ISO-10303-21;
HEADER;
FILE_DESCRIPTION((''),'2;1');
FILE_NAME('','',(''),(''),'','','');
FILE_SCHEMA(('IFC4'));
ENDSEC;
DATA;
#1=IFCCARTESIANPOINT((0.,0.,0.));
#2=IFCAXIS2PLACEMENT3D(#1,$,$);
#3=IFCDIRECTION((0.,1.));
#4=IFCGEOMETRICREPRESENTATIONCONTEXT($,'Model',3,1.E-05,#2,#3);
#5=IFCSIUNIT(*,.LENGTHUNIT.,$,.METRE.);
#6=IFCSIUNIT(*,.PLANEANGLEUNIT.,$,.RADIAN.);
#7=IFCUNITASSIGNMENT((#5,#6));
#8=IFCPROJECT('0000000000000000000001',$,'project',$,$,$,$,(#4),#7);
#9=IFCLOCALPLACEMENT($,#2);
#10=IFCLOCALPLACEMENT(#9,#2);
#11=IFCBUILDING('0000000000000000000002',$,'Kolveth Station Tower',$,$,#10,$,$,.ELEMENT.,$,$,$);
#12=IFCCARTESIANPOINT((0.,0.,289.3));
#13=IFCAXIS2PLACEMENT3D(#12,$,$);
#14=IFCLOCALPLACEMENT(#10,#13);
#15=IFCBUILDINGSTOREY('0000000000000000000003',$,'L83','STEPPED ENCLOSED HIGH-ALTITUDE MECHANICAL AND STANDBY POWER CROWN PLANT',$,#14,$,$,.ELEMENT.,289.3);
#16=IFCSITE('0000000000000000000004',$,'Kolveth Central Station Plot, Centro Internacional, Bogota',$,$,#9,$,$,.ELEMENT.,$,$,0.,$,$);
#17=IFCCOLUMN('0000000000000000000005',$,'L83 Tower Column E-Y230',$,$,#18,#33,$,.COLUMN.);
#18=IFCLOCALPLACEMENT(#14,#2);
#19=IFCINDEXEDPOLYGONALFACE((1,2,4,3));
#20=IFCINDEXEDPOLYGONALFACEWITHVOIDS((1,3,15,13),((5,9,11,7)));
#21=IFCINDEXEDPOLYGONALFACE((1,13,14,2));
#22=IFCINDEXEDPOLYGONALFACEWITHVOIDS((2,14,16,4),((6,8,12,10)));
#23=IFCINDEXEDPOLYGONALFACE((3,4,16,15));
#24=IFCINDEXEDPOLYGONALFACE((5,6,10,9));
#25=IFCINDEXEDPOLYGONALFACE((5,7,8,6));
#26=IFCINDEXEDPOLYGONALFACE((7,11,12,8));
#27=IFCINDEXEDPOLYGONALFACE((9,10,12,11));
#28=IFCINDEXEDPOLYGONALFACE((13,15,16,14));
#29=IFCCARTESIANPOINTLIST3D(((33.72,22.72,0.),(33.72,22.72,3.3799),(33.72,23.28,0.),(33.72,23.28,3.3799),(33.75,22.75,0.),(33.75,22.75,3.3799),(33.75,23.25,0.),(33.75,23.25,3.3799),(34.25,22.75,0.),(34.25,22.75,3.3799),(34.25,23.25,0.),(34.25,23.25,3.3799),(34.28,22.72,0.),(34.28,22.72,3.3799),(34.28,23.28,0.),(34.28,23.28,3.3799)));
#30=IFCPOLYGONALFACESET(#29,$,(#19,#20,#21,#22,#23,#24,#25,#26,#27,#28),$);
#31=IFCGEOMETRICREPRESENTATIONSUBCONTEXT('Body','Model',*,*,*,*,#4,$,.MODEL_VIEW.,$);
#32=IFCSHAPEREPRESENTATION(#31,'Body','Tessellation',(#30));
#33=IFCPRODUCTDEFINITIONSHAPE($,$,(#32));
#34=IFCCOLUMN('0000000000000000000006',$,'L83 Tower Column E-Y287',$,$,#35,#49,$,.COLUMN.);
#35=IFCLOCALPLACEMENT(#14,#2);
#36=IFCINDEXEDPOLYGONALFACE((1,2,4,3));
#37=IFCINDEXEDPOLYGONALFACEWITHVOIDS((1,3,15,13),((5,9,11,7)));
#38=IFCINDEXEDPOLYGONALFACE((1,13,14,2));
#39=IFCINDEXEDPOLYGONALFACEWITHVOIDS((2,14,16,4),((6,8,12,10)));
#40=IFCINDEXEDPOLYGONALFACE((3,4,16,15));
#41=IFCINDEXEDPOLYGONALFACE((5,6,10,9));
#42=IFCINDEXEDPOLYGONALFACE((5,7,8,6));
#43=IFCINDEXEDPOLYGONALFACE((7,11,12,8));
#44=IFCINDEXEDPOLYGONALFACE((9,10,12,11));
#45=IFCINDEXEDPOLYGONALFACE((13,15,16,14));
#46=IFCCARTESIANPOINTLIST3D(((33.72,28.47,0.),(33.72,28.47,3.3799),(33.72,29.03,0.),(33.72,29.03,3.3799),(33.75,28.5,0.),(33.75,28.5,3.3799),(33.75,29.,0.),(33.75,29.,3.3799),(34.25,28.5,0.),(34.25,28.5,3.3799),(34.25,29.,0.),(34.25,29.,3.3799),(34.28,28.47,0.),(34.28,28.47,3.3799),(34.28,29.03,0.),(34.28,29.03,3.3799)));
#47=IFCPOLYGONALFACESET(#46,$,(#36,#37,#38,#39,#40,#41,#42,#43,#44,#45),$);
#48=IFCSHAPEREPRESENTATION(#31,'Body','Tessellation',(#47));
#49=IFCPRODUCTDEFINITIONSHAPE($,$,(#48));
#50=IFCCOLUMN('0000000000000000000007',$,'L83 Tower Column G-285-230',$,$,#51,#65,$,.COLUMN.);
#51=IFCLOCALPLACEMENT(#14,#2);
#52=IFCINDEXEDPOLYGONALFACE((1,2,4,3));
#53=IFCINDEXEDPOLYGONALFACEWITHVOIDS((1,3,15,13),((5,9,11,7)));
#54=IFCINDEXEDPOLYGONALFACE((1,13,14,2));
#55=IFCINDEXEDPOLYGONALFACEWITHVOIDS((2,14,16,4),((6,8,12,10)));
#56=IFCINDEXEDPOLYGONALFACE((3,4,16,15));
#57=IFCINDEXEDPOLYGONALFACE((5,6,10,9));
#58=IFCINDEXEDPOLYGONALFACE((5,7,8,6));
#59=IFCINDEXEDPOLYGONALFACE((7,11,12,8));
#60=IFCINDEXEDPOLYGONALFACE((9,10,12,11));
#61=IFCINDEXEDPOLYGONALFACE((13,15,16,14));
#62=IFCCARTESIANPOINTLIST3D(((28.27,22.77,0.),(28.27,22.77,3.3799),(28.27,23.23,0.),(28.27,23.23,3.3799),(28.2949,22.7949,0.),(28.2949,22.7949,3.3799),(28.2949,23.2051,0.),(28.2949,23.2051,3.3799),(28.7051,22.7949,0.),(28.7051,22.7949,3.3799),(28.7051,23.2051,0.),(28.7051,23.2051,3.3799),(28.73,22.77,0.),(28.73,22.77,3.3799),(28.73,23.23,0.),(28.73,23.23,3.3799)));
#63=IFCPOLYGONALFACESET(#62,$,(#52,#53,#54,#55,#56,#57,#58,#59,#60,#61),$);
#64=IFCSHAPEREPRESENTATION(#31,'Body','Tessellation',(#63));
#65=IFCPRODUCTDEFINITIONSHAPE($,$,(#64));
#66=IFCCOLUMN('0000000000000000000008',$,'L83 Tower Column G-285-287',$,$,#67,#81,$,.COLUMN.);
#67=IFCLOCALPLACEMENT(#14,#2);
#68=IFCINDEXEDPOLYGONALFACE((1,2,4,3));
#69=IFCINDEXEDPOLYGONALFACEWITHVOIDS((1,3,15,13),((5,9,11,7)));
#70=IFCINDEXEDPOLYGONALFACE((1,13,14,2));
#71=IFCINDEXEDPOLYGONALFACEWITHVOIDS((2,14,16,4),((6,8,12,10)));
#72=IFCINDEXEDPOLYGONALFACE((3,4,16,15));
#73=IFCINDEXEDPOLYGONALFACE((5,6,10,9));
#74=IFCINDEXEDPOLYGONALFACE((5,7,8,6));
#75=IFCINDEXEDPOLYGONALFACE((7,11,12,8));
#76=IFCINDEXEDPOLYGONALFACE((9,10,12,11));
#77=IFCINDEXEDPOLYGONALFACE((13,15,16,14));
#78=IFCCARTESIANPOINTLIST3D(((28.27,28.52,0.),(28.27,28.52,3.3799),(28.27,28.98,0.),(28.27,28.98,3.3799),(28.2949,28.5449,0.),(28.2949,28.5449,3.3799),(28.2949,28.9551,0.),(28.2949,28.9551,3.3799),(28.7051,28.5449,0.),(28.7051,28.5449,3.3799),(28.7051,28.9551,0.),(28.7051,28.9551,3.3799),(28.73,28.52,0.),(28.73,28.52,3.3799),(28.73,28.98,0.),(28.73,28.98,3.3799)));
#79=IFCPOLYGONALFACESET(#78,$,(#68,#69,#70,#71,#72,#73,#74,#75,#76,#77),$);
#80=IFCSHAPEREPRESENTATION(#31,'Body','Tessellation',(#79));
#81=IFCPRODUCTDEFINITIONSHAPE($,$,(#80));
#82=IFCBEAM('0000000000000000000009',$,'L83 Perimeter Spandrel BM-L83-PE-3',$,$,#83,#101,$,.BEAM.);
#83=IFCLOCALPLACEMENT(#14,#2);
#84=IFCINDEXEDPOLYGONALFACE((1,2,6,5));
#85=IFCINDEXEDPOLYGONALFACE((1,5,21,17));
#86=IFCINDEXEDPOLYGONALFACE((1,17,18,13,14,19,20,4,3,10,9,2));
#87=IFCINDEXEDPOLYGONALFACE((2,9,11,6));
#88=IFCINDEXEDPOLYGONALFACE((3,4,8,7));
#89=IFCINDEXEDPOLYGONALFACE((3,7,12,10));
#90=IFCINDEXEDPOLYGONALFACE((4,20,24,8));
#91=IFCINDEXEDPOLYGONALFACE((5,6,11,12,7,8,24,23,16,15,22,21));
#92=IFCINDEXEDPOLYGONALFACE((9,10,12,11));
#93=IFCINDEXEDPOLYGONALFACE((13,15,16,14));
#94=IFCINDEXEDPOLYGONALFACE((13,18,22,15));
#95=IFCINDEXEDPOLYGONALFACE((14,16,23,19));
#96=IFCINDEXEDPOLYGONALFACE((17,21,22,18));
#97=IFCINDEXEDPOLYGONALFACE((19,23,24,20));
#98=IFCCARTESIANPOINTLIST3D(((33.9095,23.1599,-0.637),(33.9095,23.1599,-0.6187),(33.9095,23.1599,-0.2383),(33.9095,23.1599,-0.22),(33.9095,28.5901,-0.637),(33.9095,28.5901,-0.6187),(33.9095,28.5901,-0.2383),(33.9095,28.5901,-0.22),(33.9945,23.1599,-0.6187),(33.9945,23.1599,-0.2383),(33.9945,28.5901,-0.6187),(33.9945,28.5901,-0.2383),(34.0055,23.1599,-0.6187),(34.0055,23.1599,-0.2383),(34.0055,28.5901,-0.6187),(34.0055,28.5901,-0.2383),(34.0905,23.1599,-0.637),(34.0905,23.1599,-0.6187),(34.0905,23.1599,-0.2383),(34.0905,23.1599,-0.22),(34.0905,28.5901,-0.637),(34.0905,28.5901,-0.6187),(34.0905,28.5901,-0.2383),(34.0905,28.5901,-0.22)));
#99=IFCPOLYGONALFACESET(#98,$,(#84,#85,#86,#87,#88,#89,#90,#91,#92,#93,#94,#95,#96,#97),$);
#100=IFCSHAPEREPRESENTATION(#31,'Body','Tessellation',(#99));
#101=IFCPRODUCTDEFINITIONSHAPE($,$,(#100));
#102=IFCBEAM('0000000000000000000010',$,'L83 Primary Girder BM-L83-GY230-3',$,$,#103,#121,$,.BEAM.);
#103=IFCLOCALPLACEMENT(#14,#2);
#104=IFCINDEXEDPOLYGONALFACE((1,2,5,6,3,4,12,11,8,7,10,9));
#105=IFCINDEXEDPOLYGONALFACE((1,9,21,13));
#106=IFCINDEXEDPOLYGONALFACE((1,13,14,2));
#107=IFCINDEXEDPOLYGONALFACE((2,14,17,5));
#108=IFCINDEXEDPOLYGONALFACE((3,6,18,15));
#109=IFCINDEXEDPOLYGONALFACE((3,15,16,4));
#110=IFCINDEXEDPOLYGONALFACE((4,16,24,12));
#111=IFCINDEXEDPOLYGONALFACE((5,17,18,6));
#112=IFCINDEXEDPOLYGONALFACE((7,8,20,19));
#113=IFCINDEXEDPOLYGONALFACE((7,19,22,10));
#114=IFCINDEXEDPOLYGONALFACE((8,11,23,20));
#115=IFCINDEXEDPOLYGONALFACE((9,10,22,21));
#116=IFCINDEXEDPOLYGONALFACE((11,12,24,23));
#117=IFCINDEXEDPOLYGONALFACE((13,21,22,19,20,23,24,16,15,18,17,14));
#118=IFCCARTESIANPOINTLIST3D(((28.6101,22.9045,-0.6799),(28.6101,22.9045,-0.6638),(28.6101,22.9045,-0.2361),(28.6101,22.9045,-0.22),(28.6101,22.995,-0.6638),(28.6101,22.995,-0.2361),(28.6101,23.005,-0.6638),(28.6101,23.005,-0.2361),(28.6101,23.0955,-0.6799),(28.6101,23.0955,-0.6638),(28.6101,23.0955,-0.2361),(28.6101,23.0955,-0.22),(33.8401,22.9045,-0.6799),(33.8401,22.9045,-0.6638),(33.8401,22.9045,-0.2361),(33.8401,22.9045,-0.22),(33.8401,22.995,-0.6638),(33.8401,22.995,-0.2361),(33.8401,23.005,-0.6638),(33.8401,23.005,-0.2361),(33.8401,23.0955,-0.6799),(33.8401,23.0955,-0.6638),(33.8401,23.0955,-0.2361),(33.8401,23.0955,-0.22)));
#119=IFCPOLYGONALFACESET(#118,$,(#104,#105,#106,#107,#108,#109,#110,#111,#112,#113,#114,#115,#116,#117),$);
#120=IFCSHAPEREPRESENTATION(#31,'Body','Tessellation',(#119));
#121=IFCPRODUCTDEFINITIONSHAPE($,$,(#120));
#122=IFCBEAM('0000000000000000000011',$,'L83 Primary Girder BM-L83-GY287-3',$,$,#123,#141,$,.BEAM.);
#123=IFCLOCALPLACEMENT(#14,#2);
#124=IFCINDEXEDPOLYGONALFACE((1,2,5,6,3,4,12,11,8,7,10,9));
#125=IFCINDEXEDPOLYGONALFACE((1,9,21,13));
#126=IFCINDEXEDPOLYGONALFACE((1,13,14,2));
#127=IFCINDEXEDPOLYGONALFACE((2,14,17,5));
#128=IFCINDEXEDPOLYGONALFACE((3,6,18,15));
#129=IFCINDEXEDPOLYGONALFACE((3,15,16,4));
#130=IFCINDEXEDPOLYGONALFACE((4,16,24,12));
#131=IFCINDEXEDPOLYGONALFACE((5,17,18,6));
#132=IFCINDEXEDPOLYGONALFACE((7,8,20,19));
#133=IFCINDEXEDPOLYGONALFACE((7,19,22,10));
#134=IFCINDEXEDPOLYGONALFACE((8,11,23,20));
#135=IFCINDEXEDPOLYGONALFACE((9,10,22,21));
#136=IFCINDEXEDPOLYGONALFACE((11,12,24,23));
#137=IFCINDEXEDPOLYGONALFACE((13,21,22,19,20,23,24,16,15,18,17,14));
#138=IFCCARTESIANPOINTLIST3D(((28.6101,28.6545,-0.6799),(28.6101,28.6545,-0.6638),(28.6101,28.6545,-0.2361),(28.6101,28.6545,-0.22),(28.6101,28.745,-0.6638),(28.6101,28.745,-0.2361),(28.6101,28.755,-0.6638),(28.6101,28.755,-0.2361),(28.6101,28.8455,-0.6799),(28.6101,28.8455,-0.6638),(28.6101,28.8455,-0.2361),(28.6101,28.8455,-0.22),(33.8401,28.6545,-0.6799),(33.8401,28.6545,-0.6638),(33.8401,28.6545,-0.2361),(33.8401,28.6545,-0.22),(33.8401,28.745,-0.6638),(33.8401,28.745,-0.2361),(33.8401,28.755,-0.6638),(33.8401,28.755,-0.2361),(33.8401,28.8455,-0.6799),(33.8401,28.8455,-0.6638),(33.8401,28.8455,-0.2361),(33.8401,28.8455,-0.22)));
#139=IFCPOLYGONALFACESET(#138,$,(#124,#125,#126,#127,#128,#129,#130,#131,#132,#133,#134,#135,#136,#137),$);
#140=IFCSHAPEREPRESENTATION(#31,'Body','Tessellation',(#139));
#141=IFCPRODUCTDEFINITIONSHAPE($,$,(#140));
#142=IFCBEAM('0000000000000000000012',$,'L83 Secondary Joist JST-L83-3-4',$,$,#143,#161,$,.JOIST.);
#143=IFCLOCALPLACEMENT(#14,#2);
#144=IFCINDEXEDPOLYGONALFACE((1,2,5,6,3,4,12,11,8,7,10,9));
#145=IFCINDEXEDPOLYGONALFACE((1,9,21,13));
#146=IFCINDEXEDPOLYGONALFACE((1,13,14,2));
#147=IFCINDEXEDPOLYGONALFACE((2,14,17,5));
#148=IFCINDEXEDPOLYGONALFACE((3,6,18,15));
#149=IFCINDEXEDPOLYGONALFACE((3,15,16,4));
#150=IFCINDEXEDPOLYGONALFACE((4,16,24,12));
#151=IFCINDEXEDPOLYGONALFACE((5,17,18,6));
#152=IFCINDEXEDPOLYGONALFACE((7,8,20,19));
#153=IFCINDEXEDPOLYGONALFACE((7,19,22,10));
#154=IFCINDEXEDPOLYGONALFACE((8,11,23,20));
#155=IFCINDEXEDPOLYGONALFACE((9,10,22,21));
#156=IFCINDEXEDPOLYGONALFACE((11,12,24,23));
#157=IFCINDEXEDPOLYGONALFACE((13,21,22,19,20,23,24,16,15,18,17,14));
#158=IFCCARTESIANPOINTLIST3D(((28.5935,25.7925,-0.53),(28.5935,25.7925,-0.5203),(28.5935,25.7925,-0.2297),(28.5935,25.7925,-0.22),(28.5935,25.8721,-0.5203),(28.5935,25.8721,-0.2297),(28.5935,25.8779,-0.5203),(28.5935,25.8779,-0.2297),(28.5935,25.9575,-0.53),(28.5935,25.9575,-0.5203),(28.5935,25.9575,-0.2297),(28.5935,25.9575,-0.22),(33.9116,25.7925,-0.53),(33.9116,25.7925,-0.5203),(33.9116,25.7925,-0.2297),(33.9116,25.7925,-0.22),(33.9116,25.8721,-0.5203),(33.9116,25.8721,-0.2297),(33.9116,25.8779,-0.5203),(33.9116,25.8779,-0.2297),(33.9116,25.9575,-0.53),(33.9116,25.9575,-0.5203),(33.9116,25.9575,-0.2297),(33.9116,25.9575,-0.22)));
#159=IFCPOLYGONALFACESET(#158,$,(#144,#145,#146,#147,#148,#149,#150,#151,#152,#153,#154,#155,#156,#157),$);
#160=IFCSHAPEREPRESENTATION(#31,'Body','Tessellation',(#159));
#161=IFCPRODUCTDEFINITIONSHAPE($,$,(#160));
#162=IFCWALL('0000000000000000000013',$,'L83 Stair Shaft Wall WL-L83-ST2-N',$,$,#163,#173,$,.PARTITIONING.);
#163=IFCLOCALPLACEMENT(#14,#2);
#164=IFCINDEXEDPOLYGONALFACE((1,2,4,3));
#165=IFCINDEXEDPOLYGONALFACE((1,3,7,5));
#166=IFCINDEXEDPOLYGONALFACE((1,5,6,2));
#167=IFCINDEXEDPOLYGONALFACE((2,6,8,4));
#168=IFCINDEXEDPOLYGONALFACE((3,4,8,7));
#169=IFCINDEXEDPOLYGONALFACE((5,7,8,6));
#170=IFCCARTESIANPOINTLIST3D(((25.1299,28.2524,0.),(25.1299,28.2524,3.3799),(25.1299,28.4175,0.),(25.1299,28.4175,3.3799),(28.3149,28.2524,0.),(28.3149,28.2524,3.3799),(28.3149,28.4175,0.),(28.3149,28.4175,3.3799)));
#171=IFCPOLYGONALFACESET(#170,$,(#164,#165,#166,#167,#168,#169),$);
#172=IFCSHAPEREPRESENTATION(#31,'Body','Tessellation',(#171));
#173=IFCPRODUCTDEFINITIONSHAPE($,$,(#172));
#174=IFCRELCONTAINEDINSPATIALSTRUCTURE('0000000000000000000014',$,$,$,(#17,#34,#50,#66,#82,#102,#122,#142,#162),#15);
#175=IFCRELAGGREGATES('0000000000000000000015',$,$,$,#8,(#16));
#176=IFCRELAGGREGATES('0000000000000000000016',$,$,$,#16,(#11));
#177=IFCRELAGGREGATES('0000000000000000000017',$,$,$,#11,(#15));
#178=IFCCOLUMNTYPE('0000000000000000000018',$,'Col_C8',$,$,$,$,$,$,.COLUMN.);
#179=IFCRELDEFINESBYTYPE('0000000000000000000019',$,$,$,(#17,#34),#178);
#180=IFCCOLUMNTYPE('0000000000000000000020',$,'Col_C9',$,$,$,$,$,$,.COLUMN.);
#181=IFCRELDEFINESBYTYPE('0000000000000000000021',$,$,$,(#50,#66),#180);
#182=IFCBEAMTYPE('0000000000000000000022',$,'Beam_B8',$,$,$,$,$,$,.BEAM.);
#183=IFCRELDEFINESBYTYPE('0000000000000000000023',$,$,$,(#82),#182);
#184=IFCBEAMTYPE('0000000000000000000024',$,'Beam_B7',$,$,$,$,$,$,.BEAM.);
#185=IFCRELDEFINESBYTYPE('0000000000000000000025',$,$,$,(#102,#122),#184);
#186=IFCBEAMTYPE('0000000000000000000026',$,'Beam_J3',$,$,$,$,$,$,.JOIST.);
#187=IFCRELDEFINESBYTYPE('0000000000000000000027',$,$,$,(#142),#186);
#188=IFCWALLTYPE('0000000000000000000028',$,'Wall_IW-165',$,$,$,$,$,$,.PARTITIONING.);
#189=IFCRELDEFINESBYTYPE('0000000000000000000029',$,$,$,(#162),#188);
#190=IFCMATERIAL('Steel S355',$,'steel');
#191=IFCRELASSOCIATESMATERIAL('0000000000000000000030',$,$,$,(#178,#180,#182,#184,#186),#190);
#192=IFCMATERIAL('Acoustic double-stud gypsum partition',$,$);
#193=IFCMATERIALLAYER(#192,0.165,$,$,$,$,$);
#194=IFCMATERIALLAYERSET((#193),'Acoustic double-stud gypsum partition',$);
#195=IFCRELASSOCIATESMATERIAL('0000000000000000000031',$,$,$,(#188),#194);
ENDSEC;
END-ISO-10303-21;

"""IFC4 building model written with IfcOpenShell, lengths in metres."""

from ifc_helpers import new_model, si_unit, direction, frame, frame_2d, origin, origin_2d, place, context, subcontext, project, spatial, rectangle, hollow_rectangle, i_section, extrude, source, transform, mapped, material, layer, layer_set, material_profile, profile_set, type_object, element, save


model = new_model("IFC4")

# Units and contexts
model_context = context("Model", 3, precision=1e-05, world=origin(), true_north=direction((0.0, 1.0)))
body_context = subcontext(model_context, "Body", "Model", "MODEL_VIEW")
ifc_project = project(units=[si_unit("LENGTHUNIT", "METRE"), si_unit("PLANEANGLEUNIT", "RADIAN")], contexts=[model_context])

# Site, building, storey
site_placement = place(None, origin())
site = spatial("IfcSite", under=ifc_project, at=site_placement, Name="Kolveth Central Station Plot, Centro Internacional, Bogota", CompositionType="ELEMENT", RefElevation=0.0)
building_placement = place(site_placement, origin())
building = spatial("IfcBuilding", under=site, at=building_placement, Name="Kolveth Station Tower", CompositionType="ELEMENT")
storey_placement = place(building_placement, frame((0.0, 0.0, 289.3)))
storey = spatial("IfcBuildingStorey", under=building, at=storey_placement, Name="L83", Description="STEPPED ENCLOSED HIGH-ALTITUDE MECHANICAL AND STANDBY POWER CROWN PLANT", CompositionType="ELEMENT", Elevation=289.3)

# Columns
ifc_material_1 = material(Name="Steel S355", Category="steel")
ifc_material_profile_1 = material_profile(ifc_material_1, hollow_rectangle(XDim=0.5601, YDim=0.5601, WallThickness=0.03, at=origin_2d()), Name="BOX560x560x30")
ifc_profile_set_1 = profile_set([ifc_material_profile_1], Name="Steel S355")
column_type_1 = type_object("IfcColumnType", Name="Col_C8", PredefinedType="COLUMN", material=ifc_profile_set_1)
shared_shape_1 = source(origin(), body_context, "Body", "SweptSolid", [
    extrude(hollow_rectangle(XDim=0.5601, YDim=0.5601, WallThickness=0.03, at=origin_2d()), origin(), (0.0, 0.0, 1.0), 3.3799),
])
for number, where, z_axis, x_axis, name in (
    (1, (34.0, 23.0, 0.0), (0.0, 0.0, 1.0), (1.0, 0.0, 0.0), "L83 Tower Column E-Y230"),
    (2, (34.0, 28.75, 0.0), (0.0, 0.0, 1.0), (1.0, 0.0, 0.0), "L83 Tower Column E-Y287"),
):
    element("IfcColumn", number, at=place(storey_placement, frame(where, z_axis=z_axis, x_axis=x_axis)), inside=storey, type_object=column_type_1, Name=name, PredefinedType="COLUMN", context=body_context, shape_type="MappedRepresentation", body=[
        mapped(shared_shape_1, transform((0.0, 0.0, 0.0), x_axis=(1.0, 0.0, 0.0), y_axis=(0.0, 1.0, 0.0), z_axis=(0.0, 0.0, 1.0), scale=1.0)),
    ])
ifc_material_profile_2 = material_profile(ifc_material_1, hollow_rectangle(XDim=0.46, YDim=0.46, WallThickness=0.0249, at=origin_2d()), Name="BOX460x460x25")
ifc_profile_set_2 = profile_set([ifc_material_profile_2], Name="Steel S355")
column_type_2 = type_object("IfcColumnType", Name="Col_C9", PredefinedType="COLUMN", material=ifc_profile_set_2)
shared_shape_2 = source(origin(), body_context, "Body", "SweptSolid", [
    extrude(hollow_rectangle(XDim=0.46, YDim=0.46, WallThickness=0.0249, at=origin_2d()), origin(), (0.0, 0.0, 1.0), 3.3799),
])
for number, where, z_axis, x_axis, name in (
    (3, (28.5, 23.0, 0.0), (0.0, 0.0, 1.0), (1.0, 0.0, 0.0), "L83 Tower Column G-285-230"),
    (4, (28.5, 28.75, 0.0), (0.0, 0.0, 1.0), (1.0, 0.0, 0.0), "L83 Tower Column G-285-287"),
):
    element("IfcColumn", number, at=place(storey_placement, frame(where, z_axis=z_axis, x_axis=x_axis)), inside=storey, type_object=column_type_2, Name=name, PredefinedType="COLUMN", context=body_context, shape_type="MappedRepresentation", body=[
        mapped(shared_shape_2, transform((0.0, 0.0, 0.0), x_axis=(1.0, 0.0, 0.0), y_axis=(0.0, 1.0, 0.0), z_axis=(0.0, 0.0, 1.0), scale=1.0)),
    ])

# Beams
ifc_material_profile_3 = material_profile(ifc_material_1, i_section(OverallWidth=0.1809, OverallDepth=0.417, WebThickness=0.011, FlangeThickness=0.0183, at=origin_2d()), Name="W410x85")
ifc_profile_set_3 = profile_set([ifc_material_profile_3], Name="Steel S355")
beam_type_1 = type_object("IfcBeamType", Name="Beam_B8", PredefinedType="BEAM", material=ifc_profile_set_3)
shared_shape_3 = source(origin(), body_context, "Body", "SweptSolid", [
    extrude(i_section(OverallWidth=0.1809, OverallDepth=0.417, WebThickness=0.011, FlangeThickness=0.0183, at=origin_2d()), origin(), (0.0, 0.0, 1.0), 5.4302),
])
beam_1_placement = place(storey_placement, frame((34.0, 23.1599, -0.4285), z_axis=(0.0, 1.0, 0.0), x_axis=(-1.0, 0.0, 0.0)))
element("IfcBeam", 5, at=beam_1_placement, inside=storey, type_object=beam_type_1, Name="L83 Perimeter Spandrel BM-L83-PE-3", PredefinedType="BEAM", context=body_context, shape_type="MappedRepresentation", body=[
    mapped(shared_shape_3, transform((0.0, 0.0, 0.0), x_axis=(1.0, 0.0, 0.0), y_axis=(0.0, 1.0, 0.0), z_axis=(0.0, 0.0, 1.0), scale=1.0)),
])
ifc_material_profile_4 = material_profile(ifc_material_1, i_section(OverallWidth=0.1909, OverallDepth=0.46, WebThickness=0.01, FlangeThickness=0.0161, at=origin_2d()), Name="W460x82")
ifc_profile_set_4 = profile_set([ifc_material_profile_4], Name="Steel S355")
beam_type_2 = type_object("IfcBeamType", Name="Beam_B7", PredefinedType="BEAM", material=ifc_profile_set_4)
shared_shape_4 = source(origin(), body_context, "Body", "SweptSolid", [
    extrude(i_section(OverallWidth=0.1909, OverallDepth=0.46, WebThickness=0.01, FlangeThickness=0.0161, at=origin_2d()), origin(), (0.0, 0.0, 1.0), 5.23),
])
for number, where, z_axis, x_axis, name in (
    (6, (28.6101, 23.0, -0.45), (1.0, 0.0, 0.0), (0.0, 1.0, 0.0), "L83 Primary Girder BM-L83-GY230-3"),
    (7, (28.6101, 28.75, -0.45), (1.0, 0.0, 0.0), (0.0, 1.0, 0.0), "L83 Primary Girder BM-L83-GY287-3"),
):
    element("IfcBeam", number, at=place(storey_placement, frame(where, z_axis=z_axis, x_axis=x_axis)), inside=storey, type_object=beam_type_2, Name=name, PredefinedType="BEAM", context=body_context, shape_type="MappedRepresentation", body=[
        mapped(shared_shape_4, transform((0.0, 0.0, 0.0), x_axis=(1.0, 0.0, 0.0), y_axis=(0.0, 1.0, 0.0), z_axis=(0.0, 0.0, 1.0), scale=1.0)),
    ])
ifc_material_profile_5 = material_profile(ifc_material_1, i_section(OverallWidth=0.165, OverallDepth=0.3101, WebThickness=0.0059, FlangeThickness=0.0098, at=origin_2d()), Name="W310x39")
ifc_profile_set_5 = profile_set([ifc_material_profile_5], Name="Steel S355")
beam_type_3 = type_object("IfcBeamType", Name="Beam_J3", PredefinedType="JOIST", material=ifc_profile_set_5)
shared_shape_5 = source(origin(), body_context, "Body", "SweptSolid", [
    extrude(i_section(OverallWidth=0.165, OverallDepth=0.3101, WebThickness=0.0059, FlangeThickness=0.0098, at=origin_2d()), origin(), (0.0, 0.0, 1.0), 5.3181),
])
beam_2_placement = place(storey_placement, frame((28.5935, 25.875, -0.375), z_axis=(1.0, 0.0, 0.0), x_axis=(0.0, 1.0, 0.0)))
element("IfcBeam", 8, at=beam_2_placement, inside=storey, type_object=beam_type_3, Name="L83 Secondary Joist JST-L83-3-4", PredefinedType="JOIST", context=body_context, shape_type="MappedRepresentation", body=[
    mapped(shared_shape_5, transform((0.0, 0.0, 0.0), x_axis=(1.0, 0.0, 0.0), y_axis=(0.0, 1.0, 0.0), z_axis=(0.0, 0.0, 1.0), scale=1.0)),
])

# Wall
ifc_material_2 = material(Name="Acoustic double-stud gypsum partition")
ifc_layer_1 = layer(ifc_material_2, 0.165)
ifc_layer_set_1 = layer_set([ifc_layer_1], Name="Acoustic double-stud gypsum partition")
wall_type_1 = type_object("IfcWallType", Name="Wall_IW-165", PredefinedType="PARTITIONING", material=ifc_layer_set_1)
wall_1_placement = place(storey_placement, frame((25.1299, 28.335, 0.0), z_axis=(0.0, 0.0, 1.0), x_axis=(1.0, 0.0, 0.0)))
element("IfcWall", 9, at=wall_1_placement, inside=storey, type_object=wall_type_1, Name="L83 Stair Shaft Wall WL-L83-ST2-N", PredefinedType="PARTITIONING", context=body_context, shape_type="SweptSolid", body=[
    extrude(rectangle(XDim=3.1851, YDim=0.165, at=frame_2d((1.5925, 0.0))), origin(), (0.0, 0.0, 1.0), 3.3799),
])

save(model, "model.ifc")
